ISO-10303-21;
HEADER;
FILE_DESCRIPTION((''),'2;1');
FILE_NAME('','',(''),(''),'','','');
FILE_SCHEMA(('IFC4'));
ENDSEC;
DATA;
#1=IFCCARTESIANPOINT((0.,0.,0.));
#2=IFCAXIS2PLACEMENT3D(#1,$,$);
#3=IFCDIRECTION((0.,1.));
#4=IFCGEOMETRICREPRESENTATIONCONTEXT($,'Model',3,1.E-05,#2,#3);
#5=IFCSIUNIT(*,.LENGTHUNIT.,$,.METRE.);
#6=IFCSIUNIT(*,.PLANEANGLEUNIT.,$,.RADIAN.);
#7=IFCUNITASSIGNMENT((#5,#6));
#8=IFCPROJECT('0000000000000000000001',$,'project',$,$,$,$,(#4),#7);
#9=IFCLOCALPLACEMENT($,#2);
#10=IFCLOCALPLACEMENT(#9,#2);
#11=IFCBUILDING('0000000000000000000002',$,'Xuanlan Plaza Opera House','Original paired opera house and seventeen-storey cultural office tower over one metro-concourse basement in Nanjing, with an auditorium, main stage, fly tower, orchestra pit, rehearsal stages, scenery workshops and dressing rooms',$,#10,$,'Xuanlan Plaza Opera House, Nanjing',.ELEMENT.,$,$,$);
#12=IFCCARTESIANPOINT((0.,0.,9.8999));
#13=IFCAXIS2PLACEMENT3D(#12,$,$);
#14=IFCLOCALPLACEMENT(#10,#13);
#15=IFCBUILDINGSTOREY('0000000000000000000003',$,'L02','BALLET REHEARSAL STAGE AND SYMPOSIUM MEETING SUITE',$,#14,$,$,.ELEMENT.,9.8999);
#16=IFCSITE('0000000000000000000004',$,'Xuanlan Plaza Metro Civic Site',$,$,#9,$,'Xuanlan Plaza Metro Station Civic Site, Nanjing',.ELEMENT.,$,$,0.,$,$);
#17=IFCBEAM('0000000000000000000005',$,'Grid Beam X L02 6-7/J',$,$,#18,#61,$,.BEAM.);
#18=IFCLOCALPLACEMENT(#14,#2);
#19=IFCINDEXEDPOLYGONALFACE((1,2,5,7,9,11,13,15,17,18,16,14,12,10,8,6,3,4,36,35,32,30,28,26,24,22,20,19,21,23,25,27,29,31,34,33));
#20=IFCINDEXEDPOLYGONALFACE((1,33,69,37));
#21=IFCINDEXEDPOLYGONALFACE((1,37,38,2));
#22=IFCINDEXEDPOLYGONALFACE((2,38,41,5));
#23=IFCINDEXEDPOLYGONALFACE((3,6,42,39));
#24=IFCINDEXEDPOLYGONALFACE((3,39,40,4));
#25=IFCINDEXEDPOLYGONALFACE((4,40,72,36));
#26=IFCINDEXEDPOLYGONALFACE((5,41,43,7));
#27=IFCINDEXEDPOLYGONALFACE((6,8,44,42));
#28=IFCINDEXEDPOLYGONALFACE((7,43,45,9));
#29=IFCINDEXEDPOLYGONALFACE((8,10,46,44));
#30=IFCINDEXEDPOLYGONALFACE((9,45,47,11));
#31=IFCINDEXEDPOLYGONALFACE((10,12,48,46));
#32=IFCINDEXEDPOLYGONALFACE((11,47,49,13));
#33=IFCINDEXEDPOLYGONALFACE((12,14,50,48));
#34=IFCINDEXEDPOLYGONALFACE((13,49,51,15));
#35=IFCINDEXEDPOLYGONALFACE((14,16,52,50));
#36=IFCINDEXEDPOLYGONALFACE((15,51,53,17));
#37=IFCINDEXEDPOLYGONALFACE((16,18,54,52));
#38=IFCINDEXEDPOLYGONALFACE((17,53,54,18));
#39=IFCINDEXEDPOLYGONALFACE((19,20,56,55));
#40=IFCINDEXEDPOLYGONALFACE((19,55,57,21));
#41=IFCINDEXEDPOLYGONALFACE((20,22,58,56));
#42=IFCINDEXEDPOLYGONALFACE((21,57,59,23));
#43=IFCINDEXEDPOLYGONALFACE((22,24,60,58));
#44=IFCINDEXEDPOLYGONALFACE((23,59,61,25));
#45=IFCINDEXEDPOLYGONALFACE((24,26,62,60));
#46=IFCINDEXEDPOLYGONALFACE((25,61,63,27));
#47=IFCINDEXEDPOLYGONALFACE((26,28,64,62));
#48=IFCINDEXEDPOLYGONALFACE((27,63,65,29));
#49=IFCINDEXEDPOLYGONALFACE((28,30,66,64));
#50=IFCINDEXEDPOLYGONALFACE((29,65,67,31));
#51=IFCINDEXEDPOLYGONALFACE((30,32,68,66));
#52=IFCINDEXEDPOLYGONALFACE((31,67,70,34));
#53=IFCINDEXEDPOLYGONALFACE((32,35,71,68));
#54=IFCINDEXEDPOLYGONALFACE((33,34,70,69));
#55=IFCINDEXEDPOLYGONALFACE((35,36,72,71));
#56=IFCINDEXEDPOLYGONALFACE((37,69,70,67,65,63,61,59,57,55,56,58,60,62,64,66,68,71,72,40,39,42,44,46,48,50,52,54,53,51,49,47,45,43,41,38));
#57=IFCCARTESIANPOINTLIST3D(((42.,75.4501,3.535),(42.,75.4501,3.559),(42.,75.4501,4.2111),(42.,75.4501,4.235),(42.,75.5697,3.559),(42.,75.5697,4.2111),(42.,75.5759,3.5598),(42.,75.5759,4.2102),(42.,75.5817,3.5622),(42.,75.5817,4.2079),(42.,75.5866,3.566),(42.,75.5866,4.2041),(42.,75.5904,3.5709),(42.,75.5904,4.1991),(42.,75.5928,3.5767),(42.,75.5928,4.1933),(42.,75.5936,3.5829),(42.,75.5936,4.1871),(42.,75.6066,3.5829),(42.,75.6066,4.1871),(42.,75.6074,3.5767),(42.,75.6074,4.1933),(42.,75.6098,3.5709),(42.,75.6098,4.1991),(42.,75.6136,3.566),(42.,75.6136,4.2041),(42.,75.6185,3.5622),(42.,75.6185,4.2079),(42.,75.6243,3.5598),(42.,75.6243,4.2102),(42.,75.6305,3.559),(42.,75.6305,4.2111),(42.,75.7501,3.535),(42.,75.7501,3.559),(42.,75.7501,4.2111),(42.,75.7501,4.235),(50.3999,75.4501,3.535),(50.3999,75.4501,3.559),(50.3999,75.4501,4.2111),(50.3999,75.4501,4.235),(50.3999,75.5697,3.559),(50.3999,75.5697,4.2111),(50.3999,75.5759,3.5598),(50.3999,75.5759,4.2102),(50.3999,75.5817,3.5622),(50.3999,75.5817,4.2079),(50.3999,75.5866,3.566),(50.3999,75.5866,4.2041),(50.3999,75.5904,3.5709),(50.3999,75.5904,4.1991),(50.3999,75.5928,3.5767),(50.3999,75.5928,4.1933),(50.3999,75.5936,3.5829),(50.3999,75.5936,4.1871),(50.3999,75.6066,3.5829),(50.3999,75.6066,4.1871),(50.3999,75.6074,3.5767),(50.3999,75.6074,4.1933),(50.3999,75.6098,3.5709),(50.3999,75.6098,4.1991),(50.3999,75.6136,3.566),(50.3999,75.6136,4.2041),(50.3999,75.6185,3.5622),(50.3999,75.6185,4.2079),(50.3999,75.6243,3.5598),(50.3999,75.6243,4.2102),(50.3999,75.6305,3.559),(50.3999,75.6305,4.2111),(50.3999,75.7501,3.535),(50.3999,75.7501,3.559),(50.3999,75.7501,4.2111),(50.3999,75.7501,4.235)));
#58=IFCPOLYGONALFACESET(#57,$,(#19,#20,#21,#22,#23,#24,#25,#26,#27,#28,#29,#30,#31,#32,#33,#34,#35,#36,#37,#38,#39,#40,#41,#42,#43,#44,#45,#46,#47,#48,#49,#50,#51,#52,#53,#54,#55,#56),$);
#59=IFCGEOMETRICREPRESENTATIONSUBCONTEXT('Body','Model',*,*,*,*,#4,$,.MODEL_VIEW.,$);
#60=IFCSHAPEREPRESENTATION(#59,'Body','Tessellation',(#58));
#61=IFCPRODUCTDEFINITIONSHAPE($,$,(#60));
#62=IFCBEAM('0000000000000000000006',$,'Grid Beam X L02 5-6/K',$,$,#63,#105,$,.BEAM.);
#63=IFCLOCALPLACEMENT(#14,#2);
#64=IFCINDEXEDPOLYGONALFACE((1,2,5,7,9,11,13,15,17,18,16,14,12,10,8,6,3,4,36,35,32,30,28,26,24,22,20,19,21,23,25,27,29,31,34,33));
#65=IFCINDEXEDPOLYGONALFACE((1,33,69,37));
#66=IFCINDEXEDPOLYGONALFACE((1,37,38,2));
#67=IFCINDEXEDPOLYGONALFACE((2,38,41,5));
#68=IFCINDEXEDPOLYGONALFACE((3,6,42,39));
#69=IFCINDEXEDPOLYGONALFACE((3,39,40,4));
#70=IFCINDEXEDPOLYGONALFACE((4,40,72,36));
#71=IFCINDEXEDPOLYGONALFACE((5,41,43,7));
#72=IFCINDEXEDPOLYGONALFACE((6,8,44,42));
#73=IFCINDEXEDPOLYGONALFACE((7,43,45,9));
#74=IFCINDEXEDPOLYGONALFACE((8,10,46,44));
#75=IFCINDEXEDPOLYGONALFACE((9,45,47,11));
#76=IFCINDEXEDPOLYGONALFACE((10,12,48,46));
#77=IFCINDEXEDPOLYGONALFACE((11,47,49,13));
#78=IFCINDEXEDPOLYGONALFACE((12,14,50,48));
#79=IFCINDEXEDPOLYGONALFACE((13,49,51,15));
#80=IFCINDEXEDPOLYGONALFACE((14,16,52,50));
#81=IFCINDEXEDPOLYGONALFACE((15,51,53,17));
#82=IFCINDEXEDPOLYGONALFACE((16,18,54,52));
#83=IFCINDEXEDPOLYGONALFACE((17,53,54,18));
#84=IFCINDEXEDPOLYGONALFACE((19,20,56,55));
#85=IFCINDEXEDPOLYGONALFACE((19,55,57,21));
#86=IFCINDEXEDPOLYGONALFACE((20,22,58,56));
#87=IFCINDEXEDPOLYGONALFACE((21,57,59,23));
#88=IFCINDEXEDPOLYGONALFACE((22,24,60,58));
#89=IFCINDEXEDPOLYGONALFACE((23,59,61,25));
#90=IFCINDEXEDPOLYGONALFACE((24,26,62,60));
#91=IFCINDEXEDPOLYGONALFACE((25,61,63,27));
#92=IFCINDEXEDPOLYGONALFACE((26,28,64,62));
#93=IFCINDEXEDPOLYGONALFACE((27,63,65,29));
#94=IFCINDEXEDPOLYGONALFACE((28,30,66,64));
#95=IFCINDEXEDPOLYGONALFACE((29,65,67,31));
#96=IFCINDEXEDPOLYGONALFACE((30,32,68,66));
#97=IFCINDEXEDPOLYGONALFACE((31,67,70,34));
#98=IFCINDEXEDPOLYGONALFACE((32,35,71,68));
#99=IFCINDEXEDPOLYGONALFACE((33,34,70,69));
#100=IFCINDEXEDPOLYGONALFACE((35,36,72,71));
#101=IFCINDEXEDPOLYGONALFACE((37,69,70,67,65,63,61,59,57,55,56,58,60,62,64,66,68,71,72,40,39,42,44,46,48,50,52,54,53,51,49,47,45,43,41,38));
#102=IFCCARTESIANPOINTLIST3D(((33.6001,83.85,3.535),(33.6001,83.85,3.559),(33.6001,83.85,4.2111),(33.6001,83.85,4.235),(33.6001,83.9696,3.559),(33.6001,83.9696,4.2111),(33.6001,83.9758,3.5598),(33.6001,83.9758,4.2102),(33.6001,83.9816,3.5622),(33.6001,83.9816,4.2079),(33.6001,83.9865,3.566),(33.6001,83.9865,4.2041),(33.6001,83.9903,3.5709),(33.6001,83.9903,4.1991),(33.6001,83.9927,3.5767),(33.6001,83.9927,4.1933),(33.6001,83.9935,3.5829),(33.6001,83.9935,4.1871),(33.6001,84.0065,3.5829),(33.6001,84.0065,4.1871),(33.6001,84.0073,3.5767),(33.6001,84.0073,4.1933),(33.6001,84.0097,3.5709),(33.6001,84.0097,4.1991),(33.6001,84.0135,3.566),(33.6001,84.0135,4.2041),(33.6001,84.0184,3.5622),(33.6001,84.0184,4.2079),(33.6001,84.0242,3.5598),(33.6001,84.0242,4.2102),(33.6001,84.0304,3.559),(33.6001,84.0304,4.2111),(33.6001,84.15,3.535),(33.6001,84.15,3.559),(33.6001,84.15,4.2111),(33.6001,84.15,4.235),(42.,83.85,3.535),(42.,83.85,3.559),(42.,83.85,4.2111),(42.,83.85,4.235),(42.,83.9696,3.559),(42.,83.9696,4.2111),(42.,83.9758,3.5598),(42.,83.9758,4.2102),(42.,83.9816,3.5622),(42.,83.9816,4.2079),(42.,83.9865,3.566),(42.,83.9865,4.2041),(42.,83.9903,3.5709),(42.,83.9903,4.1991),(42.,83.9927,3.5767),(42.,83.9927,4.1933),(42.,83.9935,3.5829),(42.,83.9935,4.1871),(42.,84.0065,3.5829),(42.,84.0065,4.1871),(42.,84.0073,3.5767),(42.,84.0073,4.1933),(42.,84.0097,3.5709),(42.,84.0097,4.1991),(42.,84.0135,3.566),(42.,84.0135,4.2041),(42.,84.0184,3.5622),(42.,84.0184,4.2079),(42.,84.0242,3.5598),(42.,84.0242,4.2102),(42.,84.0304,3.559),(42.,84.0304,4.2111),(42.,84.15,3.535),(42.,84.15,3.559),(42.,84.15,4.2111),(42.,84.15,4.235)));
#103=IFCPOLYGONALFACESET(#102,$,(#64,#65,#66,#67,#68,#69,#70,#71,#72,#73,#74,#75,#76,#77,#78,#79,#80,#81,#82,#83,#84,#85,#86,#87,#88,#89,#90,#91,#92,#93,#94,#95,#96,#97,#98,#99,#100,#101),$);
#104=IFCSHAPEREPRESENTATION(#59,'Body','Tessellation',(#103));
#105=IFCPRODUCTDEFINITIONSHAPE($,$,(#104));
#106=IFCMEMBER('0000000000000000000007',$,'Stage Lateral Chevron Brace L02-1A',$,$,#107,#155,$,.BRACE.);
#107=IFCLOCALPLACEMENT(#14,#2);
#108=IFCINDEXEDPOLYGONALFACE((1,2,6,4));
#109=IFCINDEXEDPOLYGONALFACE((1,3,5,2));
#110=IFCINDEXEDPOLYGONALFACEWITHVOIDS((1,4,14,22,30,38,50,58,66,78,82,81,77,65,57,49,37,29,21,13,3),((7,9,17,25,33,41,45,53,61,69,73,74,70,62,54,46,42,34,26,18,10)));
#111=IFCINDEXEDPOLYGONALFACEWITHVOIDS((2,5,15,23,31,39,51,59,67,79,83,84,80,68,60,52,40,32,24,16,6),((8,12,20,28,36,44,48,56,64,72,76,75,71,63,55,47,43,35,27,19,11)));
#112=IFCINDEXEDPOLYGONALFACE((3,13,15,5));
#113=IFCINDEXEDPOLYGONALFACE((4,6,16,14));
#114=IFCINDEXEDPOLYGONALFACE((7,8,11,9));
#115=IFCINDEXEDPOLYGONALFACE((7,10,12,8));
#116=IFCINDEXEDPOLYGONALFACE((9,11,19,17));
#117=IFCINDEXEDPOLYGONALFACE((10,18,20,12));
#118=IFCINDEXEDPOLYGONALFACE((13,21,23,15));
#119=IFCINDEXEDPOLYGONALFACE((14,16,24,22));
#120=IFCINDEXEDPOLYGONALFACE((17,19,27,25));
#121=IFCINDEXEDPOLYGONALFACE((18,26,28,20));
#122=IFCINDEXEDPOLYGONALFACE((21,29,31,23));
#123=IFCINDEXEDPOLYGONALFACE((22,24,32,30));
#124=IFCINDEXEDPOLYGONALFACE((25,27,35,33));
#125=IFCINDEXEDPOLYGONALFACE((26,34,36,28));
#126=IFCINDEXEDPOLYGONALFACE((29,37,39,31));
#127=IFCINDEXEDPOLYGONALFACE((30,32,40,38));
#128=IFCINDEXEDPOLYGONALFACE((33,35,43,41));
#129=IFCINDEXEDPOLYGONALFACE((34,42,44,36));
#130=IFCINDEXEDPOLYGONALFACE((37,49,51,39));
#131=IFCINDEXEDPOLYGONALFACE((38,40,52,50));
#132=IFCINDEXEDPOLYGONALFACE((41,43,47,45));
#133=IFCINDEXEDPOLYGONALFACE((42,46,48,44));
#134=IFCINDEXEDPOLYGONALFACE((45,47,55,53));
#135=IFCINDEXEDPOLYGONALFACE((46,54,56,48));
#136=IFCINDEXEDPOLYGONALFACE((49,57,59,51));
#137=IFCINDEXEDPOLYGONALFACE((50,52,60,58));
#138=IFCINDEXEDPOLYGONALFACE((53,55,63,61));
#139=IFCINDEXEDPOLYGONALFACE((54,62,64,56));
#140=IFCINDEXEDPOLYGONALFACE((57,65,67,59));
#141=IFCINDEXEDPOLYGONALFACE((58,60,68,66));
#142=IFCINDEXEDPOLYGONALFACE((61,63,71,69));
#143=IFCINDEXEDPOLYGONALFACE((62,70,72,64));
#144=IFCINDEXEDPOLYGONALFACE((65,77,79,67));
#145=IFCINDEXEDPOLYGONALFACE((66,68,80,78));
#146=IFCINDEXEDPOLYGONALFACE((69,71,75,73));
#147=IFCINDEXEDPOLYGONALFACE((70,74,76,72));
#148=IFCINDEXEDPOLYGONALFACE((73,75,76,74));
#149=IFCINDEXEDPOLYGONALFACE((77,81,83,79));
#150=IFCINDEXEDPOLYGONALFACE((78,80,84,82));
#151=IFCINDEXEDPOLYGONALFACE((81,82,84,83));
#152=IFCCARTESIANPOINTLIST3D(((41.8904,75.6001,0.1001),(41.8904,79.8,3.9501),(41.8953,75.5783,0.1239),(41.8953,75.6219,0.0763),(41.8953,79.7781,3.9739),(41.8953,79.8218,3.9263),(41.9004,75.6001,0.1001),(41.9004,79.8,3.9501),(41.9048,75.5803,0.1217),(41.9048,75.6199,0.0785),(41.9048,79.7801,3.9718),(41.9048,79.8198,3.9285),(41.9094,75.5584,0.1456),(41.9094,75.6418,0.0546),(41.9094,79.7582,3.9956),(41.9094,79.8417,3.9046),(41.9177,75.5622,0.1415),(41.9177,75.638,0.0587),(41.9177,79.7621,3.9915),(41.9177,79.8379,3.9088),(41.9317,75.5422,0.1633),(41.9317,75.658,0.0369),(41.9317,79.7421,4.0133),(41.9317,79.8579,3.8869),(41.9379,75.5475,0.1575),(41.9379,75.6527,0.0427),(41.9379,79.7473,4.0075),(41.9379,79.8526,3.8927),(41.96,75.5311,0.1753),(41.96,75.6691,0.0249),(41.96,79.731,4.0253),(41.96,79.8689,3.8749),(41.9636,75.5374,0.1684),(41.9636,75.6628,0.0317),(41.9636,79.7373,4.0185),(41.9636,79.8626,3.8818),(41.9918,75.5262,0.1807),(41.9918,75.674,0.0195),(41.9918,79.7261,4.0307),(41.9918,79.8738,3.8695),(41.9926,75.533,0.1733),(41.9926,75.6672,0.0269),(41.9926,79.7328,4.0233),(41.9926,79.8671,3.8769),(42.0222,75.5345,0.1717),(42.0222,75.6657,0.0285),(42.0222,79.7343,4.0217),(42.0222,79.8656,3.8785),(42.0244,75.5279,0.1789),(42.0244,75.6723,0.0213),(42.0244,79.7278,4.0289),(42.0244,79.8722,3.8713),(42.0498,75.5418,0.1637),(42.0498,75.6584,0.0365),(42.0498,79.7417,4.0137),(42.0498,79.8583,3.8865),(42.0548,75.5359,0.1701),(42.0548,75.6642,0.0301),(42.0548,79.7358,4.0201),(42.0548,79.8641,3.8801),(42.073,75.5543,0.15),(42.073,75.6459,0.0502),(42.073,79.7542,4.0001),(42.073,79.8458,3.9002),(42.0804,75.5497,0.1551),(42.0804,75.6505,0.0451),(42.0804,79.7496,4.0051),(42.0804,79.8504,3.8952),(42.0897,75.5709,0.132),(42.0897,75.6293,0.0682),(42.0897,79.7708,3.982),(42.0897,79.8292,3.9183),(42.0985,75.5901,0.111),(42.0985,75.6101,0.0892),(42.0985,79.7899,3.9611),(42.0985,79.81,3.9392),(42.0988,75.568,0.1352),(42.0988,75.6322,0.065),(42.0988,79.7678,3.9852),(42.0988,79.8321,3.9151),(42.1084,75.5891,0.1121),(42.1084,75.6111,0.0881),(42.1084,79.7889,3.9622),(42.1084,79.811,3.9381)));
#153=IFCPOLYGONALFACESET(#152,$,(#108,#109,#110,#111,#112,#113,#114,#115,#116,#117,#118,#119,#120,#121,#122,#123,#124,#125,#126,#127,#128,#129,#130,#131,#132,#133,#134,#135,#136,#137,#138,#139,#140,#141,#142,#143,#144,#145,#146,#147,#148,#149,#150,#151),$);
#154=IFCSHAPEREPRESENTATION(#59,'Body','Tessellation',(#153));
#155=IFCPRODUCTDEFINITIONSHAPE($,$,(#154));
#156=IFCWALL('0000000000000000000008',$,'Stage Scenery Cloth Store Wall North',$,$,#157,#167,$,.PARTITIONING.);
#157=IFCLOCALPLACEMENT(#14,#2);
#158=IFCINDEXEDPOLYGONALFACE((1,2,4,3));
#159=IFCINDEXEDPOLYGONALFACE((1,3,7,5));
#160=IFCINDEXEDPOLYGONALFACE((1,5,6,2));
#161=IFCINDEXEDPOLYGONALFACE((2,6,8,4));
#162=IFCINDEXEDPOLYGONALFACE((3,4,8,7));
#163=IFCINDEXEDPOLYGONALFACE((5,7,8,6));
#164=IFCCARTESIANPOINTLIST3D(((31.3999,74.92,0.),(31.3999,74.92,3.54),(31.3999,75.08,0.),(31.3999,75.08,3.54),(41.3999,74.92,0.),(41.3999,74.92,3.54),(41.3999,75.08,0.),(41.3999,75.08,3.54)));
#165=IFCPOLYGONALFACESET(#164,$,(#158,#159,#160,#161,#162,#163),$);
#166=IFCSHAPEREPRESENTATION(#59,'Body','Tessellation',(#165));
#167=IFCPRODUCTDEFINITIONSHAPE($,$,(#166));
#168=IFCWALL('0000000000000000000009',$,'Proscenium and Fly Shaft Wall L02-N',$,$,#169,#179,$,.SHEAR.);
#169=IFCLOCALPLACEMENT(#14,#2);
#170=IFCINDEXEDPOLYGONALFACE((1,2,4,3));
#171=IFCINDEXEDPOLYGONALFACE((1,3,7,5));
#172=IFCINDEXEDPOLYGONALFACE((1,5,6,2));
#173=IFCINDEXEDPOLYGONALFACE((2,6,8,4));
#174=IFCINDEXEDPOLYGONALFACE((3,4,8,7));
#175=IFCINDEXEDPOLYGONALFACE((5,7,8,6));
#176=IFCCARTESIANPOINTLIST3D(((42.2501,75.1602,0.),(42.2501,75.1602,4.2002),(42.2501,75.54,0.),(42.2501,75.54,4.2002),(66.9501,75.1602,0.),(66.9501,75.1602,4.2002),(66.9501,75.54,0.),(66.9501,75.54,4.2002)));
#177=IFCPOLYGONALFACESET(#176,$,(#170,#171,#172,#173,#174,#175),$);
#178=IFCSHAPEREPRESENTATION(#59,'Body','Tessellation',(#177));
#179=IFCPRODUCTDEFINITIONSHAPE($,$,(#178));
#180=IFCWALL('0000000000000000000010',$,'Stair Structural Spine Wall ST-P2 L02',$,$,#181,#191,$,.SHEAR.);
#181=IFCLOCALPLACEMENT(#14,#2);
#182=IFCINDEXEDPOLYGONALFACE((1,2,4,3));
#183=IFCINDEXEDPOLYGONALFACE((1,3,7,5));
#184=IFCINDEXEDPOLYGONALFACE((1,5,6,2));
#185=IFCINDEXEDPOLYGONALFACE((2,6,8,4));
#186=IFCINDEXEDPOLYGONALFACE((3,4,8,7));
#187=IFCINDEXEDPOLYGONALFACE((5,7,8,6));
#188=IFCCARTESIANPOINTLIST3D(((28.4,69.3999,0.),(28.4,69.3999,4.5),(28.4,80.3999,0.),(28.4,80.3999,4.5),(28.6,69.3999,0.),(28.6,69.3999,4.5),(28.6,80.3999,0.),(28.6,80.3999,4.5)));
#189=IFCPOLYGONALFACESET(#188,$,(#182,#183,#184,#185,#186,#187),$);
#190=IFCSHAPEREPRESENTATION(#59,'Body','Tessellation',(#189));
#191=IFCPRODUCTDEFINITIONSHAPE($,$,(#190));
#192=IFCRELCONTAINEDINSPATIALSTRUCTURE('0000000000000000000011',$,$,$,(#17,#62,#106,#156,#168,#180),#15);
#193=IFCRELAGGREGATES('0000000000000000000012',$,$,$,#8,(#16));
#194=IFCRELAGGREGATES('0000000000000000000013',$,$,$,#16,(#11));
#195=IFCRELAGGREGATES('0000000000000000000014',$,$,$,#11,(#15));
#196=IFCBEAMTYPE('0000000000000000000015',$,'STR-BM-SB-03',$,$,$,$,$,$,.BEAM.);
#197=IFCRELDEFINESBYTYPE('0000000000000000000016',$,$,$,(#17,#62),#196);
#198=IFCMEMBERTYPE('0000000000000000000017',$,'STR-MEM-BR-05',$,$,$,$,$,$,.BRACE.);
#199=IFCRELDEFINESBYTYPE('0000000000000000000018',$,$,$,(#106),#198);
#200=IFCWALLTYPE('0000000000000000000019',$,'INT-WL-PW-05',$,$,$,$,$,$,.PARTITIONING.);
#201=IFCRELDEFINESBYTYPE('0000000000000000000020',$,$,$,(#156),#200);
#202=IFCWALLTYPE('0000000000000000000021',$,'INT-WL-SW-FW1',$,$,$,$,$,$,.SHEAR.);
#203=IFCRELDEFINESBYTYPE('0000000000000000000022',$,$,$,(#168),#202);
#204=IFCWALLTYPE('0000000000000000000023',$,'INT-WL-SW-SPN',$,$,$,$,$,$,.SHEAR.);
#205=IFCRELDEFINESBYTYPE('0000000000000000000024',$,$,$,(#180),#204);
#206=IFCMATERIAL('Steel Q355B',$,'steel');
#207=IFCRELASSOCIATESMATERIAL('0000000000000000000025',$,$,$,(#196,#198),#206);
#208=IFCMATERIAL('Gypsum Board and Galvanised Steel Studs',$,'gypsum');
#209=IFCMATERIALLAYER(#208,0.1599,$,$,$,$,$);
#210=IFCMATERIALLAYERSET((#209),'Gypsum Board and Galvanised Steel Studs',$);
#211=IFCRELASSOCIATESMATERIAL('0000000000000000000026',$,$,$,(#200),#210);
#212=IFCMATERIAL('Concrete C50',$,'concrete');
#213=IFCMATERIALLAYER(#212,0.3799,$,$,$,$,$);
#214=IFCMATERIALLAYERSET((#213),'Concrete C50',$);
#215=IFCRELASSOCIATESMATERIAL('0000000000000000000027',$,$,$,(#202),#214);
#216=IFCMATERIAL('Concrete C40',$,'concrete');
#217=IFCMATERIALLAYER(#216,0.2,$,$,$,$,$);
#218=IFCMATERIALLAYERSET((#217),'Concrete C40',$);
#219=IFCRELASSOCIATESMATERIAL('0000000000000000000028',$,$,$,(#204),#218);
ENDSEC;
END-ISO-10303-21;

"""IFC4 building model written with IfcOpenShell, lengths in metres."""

from ifc_helpers import new_model, si_unit, direction, frame, frame_2d, origin, origin_2d, place, context, subcontext, project, spatial, rectangle, hollow_circle, i_section, extrude, material, layer, layer_set, material_profile, profile_set, type_object, element, save


model = new_model("IFC4")

# Units and contexts
model_context = context("Model", 3, precision=1e-05, world=origin(), true_north=direction((0.0, 1.0)))
body_context = subcontext(model_context, "Body", "Model", "MODEL_VIEW")
ifc_project = project(units=[si_unit("LENGTHUNIT", "METRE"), si_unit("PLANEANGLEUNIT", "RADIAN")], contexts=[model_context])

# Site, building, storey
site_placement = place(None, origin())
site = spatial("IfcSite", under=ifc_project, at=site_placement, Name="Xuanlan Plaza Metro Civic Site", LongName="Xuanlan Plaza Metro Station Civic Site, Nanjing", CompositionType="ELEMENT", RefElevation=0.0)
building_placement = place(site_placement, origin())
building = spatial("IfcBuilding", under=site, at=building_placement, Name="Xuanlan Plaza Opera House", Description="Original paired opera house and seventeen-storey cultural office tower over one metro-concourse basement in Nanjing, with an auditorium, main stage, fly tower, orchestra pit, rehearsal stages, scenery workshops and dressing rooms", LongName="Xuanlan Plaza Opera House, Nanjing", CompositionType="ELEMENT")
storey_placement = place(building_placement, frame((0.0, 0.0, 9.8999)))
storey = spatial("IfcBuildingStorey", under=building, at=storey_placement, Name="L02", Description="BALLET REHEARSAL STAGE AND SYMPOSIUM MEETING SUITE", CompositionType="ELEMENT", Elevation=9.8999)

# Shared definitions
ifc_material_1 = material(Name="Concrete C40", Category="concrete")

# Beams
ifc_material_2 = material(Name="Concrete C50", Category="concrete")
ifc_material_3 = material(Name="Steel Q355B", Category="steel")
ifc_material_profile_1 = material_profile(ifc_material_3, i_section(OverallWidth=0.3, OverallDepth=0.7, WebThickness=0.0129, FlangeThickness=0.0239, FilletRadius=0.0239, at=origin_2d()), Name="HN 700x300x13x24")
ifc_profile_set_1 = profile_set([ifc_material_profile_1], Name="Steel Q355B")
beam_type_1 = type_object("IfcBeamType", Name="STR-BM-SB-03", PredefinedType="BEAM", material=ifc_profile_set_1)
for number, where, z_axis, x_axis, name in (
    (1, (42.0, 75.6001, 3.885), (1.0, 0.0, 0.0), (0.0, 1.0, 0.0), "Grid Beam X L02 6-7/J"),
    (2, (33.6001, 84.0, 3.885), (1.0, 0.0, 0.0), (0.0, 1.0, 0.0), "Grid Beam X L02 5-6/K"),
):
    element("IfcBeam", number, at=place(storey_placement, frame(where, z_axis=z_axis, x_axis=x_axis)), inside=storey, type_object=beam_type_1, Name=name, PredefinedType="BEAM", context=body_context, shape_type="SweptSolid", body=[
        extrude(i_section(OverallWidth=0.3, OverallDepth=0.7, WebThickness=0.0129, FlangeThickness=0.0239, FilletRadius=0.0239, at=origin_2d()), origin(), (0.0, 0.0, 1.0), 8.3999),
    ])

# Member
ifc_material_profile_2 = material_profile(ifc_material_3, hollow_circle(Radius=0.1096, WallThickness=0.01, at=origin_2d()), Name="CHS 219.1x10")
ifc_profile_set_2 = profile_set([ifc_material_profile_2], Name="Steel Q355B")
member_type = type_object("IfcMemberType", Name="STR-MEM-BR-05", PredefinedType="BRACE", material=ifc_profile_set_2)
member_placement = place(storey_placement, frame((42.0, 75.6001, 0.1001), z_axis=(0.0, 0.737142, 0.675738), x_axis=(-1.0, 0.0, 0.0)))
element("IfcMember", 3, at=member_placement, inside=storey, type_object=member_type, Name="Stage Lateral Chevron Brace L02-1A", PredefinedType="BRACE", context=body_context, shape_type="SweptSolid", body=[
    extrude(hollow_circle(Radius=0.1096, WallThickness=0.01, at=origin_2d()), origin(), (0.0, 0.0, 1.0), 5.6975),
])

# Walls
ifc_material_4 = material(Name="Gypsum Board and Galvanised Steel Studs", Category="gypsum")
ifc_layer_1 = layer(ifc_material_4, 0.1599)
ifc_layer_set_1 = layer_set([ifc_layer_1], Name="Gypsum Board and Galvanised Steel Studs")
wall_type_1 = type_object("IfcWallType", Name="INT-WL-PW-05", PredefinedType="PARTITIONING", material=ifc_layer_set_1)
wall_1_placement = place(storey_placement, frame((31.3999, 75.0, 0.0), z_axis=(0.0, 0.0, 1.0), x_axis=(1.0, 0.0, 0.0)))
element("IfcWall", 4, at=wall_1_placement, inside=storey, type_object=wall_type_1, Name="Stage Scenery Cloth Store Wall North", PredefinedType="PARTITIONING", context=body_context, shape_type="SweptSolid", body=[
    extrude(rectangle(XDim=10.0, YDim=0.1599, at=frame_2d((5.0, 0.0))), origin(), (0.0, 0.0, 1.0), 3.54),
])
ifc_layer_2 = layer(ifc_material_2, 0.3799)
ifc_layer_set_2 = layer_set([ifc_layer_2], Name="Concrete C50")
wall_type_2 = type_object("IfcWallType", Name="INT-WL-SW-FW1", PredefinedType="SHEAR", material=ifc_layer_set_2)
wall_2_placement = place(storey_placement, frame((42.25, 75.3501, 0.0), z_axis=(0.0, 0.0, 1.0), x_axis=(1.0, 0.0, 0.0)))
element("IfcWall", 5, at=wall_2_placement, inside=storey, type_object=wall_type_2, Name="Proscenium and Fly Shaft Wall L02-N", PredefinedType="SHEAR", context=body_context, shape_type="SweptSolid", body=[
    extrude(rectangle(XDim=24.7, YDim=0.3799, at=frame_2d((12.3501, 0.0))), origin(), (0.0, 0.0, 1.0), 4.2002),
])
ifc_layer_3 = layer(ifc_material_1, 0.2)
ifc_layer_set_3 = layer_set([ifc_layer_3], Name="Concrete C40")
wall_type_3 = type_object("IfcWallType", Name="INT-WL-SW-SPN", PredefinedType="SHEAR", material=ifc_layer_set_3)
wall_3_placement = place(storey_placement, frame((28.5, 69.3999, 0.0), z_axis=(0.0, 0.0, 1.0), x_axis=(0.0, 1.0, 0.0)))
element("IfcWall", 6, at=wall_3_placement, inside=storey, type_object=wall_type_3, Name="Stair Structural Spine Wall ST-P2 L02", PredefinedType="SHEAR", context=body_context, shape_type="SweptSolid", body=[
    extrude(rectangle(XDim=11.0, YDim=0.2, at=frame_2d((5.5, 0.0))), origin(), (0.0, 0.0, 1.0), 4.5),
])

save(model, "model.ifc")
